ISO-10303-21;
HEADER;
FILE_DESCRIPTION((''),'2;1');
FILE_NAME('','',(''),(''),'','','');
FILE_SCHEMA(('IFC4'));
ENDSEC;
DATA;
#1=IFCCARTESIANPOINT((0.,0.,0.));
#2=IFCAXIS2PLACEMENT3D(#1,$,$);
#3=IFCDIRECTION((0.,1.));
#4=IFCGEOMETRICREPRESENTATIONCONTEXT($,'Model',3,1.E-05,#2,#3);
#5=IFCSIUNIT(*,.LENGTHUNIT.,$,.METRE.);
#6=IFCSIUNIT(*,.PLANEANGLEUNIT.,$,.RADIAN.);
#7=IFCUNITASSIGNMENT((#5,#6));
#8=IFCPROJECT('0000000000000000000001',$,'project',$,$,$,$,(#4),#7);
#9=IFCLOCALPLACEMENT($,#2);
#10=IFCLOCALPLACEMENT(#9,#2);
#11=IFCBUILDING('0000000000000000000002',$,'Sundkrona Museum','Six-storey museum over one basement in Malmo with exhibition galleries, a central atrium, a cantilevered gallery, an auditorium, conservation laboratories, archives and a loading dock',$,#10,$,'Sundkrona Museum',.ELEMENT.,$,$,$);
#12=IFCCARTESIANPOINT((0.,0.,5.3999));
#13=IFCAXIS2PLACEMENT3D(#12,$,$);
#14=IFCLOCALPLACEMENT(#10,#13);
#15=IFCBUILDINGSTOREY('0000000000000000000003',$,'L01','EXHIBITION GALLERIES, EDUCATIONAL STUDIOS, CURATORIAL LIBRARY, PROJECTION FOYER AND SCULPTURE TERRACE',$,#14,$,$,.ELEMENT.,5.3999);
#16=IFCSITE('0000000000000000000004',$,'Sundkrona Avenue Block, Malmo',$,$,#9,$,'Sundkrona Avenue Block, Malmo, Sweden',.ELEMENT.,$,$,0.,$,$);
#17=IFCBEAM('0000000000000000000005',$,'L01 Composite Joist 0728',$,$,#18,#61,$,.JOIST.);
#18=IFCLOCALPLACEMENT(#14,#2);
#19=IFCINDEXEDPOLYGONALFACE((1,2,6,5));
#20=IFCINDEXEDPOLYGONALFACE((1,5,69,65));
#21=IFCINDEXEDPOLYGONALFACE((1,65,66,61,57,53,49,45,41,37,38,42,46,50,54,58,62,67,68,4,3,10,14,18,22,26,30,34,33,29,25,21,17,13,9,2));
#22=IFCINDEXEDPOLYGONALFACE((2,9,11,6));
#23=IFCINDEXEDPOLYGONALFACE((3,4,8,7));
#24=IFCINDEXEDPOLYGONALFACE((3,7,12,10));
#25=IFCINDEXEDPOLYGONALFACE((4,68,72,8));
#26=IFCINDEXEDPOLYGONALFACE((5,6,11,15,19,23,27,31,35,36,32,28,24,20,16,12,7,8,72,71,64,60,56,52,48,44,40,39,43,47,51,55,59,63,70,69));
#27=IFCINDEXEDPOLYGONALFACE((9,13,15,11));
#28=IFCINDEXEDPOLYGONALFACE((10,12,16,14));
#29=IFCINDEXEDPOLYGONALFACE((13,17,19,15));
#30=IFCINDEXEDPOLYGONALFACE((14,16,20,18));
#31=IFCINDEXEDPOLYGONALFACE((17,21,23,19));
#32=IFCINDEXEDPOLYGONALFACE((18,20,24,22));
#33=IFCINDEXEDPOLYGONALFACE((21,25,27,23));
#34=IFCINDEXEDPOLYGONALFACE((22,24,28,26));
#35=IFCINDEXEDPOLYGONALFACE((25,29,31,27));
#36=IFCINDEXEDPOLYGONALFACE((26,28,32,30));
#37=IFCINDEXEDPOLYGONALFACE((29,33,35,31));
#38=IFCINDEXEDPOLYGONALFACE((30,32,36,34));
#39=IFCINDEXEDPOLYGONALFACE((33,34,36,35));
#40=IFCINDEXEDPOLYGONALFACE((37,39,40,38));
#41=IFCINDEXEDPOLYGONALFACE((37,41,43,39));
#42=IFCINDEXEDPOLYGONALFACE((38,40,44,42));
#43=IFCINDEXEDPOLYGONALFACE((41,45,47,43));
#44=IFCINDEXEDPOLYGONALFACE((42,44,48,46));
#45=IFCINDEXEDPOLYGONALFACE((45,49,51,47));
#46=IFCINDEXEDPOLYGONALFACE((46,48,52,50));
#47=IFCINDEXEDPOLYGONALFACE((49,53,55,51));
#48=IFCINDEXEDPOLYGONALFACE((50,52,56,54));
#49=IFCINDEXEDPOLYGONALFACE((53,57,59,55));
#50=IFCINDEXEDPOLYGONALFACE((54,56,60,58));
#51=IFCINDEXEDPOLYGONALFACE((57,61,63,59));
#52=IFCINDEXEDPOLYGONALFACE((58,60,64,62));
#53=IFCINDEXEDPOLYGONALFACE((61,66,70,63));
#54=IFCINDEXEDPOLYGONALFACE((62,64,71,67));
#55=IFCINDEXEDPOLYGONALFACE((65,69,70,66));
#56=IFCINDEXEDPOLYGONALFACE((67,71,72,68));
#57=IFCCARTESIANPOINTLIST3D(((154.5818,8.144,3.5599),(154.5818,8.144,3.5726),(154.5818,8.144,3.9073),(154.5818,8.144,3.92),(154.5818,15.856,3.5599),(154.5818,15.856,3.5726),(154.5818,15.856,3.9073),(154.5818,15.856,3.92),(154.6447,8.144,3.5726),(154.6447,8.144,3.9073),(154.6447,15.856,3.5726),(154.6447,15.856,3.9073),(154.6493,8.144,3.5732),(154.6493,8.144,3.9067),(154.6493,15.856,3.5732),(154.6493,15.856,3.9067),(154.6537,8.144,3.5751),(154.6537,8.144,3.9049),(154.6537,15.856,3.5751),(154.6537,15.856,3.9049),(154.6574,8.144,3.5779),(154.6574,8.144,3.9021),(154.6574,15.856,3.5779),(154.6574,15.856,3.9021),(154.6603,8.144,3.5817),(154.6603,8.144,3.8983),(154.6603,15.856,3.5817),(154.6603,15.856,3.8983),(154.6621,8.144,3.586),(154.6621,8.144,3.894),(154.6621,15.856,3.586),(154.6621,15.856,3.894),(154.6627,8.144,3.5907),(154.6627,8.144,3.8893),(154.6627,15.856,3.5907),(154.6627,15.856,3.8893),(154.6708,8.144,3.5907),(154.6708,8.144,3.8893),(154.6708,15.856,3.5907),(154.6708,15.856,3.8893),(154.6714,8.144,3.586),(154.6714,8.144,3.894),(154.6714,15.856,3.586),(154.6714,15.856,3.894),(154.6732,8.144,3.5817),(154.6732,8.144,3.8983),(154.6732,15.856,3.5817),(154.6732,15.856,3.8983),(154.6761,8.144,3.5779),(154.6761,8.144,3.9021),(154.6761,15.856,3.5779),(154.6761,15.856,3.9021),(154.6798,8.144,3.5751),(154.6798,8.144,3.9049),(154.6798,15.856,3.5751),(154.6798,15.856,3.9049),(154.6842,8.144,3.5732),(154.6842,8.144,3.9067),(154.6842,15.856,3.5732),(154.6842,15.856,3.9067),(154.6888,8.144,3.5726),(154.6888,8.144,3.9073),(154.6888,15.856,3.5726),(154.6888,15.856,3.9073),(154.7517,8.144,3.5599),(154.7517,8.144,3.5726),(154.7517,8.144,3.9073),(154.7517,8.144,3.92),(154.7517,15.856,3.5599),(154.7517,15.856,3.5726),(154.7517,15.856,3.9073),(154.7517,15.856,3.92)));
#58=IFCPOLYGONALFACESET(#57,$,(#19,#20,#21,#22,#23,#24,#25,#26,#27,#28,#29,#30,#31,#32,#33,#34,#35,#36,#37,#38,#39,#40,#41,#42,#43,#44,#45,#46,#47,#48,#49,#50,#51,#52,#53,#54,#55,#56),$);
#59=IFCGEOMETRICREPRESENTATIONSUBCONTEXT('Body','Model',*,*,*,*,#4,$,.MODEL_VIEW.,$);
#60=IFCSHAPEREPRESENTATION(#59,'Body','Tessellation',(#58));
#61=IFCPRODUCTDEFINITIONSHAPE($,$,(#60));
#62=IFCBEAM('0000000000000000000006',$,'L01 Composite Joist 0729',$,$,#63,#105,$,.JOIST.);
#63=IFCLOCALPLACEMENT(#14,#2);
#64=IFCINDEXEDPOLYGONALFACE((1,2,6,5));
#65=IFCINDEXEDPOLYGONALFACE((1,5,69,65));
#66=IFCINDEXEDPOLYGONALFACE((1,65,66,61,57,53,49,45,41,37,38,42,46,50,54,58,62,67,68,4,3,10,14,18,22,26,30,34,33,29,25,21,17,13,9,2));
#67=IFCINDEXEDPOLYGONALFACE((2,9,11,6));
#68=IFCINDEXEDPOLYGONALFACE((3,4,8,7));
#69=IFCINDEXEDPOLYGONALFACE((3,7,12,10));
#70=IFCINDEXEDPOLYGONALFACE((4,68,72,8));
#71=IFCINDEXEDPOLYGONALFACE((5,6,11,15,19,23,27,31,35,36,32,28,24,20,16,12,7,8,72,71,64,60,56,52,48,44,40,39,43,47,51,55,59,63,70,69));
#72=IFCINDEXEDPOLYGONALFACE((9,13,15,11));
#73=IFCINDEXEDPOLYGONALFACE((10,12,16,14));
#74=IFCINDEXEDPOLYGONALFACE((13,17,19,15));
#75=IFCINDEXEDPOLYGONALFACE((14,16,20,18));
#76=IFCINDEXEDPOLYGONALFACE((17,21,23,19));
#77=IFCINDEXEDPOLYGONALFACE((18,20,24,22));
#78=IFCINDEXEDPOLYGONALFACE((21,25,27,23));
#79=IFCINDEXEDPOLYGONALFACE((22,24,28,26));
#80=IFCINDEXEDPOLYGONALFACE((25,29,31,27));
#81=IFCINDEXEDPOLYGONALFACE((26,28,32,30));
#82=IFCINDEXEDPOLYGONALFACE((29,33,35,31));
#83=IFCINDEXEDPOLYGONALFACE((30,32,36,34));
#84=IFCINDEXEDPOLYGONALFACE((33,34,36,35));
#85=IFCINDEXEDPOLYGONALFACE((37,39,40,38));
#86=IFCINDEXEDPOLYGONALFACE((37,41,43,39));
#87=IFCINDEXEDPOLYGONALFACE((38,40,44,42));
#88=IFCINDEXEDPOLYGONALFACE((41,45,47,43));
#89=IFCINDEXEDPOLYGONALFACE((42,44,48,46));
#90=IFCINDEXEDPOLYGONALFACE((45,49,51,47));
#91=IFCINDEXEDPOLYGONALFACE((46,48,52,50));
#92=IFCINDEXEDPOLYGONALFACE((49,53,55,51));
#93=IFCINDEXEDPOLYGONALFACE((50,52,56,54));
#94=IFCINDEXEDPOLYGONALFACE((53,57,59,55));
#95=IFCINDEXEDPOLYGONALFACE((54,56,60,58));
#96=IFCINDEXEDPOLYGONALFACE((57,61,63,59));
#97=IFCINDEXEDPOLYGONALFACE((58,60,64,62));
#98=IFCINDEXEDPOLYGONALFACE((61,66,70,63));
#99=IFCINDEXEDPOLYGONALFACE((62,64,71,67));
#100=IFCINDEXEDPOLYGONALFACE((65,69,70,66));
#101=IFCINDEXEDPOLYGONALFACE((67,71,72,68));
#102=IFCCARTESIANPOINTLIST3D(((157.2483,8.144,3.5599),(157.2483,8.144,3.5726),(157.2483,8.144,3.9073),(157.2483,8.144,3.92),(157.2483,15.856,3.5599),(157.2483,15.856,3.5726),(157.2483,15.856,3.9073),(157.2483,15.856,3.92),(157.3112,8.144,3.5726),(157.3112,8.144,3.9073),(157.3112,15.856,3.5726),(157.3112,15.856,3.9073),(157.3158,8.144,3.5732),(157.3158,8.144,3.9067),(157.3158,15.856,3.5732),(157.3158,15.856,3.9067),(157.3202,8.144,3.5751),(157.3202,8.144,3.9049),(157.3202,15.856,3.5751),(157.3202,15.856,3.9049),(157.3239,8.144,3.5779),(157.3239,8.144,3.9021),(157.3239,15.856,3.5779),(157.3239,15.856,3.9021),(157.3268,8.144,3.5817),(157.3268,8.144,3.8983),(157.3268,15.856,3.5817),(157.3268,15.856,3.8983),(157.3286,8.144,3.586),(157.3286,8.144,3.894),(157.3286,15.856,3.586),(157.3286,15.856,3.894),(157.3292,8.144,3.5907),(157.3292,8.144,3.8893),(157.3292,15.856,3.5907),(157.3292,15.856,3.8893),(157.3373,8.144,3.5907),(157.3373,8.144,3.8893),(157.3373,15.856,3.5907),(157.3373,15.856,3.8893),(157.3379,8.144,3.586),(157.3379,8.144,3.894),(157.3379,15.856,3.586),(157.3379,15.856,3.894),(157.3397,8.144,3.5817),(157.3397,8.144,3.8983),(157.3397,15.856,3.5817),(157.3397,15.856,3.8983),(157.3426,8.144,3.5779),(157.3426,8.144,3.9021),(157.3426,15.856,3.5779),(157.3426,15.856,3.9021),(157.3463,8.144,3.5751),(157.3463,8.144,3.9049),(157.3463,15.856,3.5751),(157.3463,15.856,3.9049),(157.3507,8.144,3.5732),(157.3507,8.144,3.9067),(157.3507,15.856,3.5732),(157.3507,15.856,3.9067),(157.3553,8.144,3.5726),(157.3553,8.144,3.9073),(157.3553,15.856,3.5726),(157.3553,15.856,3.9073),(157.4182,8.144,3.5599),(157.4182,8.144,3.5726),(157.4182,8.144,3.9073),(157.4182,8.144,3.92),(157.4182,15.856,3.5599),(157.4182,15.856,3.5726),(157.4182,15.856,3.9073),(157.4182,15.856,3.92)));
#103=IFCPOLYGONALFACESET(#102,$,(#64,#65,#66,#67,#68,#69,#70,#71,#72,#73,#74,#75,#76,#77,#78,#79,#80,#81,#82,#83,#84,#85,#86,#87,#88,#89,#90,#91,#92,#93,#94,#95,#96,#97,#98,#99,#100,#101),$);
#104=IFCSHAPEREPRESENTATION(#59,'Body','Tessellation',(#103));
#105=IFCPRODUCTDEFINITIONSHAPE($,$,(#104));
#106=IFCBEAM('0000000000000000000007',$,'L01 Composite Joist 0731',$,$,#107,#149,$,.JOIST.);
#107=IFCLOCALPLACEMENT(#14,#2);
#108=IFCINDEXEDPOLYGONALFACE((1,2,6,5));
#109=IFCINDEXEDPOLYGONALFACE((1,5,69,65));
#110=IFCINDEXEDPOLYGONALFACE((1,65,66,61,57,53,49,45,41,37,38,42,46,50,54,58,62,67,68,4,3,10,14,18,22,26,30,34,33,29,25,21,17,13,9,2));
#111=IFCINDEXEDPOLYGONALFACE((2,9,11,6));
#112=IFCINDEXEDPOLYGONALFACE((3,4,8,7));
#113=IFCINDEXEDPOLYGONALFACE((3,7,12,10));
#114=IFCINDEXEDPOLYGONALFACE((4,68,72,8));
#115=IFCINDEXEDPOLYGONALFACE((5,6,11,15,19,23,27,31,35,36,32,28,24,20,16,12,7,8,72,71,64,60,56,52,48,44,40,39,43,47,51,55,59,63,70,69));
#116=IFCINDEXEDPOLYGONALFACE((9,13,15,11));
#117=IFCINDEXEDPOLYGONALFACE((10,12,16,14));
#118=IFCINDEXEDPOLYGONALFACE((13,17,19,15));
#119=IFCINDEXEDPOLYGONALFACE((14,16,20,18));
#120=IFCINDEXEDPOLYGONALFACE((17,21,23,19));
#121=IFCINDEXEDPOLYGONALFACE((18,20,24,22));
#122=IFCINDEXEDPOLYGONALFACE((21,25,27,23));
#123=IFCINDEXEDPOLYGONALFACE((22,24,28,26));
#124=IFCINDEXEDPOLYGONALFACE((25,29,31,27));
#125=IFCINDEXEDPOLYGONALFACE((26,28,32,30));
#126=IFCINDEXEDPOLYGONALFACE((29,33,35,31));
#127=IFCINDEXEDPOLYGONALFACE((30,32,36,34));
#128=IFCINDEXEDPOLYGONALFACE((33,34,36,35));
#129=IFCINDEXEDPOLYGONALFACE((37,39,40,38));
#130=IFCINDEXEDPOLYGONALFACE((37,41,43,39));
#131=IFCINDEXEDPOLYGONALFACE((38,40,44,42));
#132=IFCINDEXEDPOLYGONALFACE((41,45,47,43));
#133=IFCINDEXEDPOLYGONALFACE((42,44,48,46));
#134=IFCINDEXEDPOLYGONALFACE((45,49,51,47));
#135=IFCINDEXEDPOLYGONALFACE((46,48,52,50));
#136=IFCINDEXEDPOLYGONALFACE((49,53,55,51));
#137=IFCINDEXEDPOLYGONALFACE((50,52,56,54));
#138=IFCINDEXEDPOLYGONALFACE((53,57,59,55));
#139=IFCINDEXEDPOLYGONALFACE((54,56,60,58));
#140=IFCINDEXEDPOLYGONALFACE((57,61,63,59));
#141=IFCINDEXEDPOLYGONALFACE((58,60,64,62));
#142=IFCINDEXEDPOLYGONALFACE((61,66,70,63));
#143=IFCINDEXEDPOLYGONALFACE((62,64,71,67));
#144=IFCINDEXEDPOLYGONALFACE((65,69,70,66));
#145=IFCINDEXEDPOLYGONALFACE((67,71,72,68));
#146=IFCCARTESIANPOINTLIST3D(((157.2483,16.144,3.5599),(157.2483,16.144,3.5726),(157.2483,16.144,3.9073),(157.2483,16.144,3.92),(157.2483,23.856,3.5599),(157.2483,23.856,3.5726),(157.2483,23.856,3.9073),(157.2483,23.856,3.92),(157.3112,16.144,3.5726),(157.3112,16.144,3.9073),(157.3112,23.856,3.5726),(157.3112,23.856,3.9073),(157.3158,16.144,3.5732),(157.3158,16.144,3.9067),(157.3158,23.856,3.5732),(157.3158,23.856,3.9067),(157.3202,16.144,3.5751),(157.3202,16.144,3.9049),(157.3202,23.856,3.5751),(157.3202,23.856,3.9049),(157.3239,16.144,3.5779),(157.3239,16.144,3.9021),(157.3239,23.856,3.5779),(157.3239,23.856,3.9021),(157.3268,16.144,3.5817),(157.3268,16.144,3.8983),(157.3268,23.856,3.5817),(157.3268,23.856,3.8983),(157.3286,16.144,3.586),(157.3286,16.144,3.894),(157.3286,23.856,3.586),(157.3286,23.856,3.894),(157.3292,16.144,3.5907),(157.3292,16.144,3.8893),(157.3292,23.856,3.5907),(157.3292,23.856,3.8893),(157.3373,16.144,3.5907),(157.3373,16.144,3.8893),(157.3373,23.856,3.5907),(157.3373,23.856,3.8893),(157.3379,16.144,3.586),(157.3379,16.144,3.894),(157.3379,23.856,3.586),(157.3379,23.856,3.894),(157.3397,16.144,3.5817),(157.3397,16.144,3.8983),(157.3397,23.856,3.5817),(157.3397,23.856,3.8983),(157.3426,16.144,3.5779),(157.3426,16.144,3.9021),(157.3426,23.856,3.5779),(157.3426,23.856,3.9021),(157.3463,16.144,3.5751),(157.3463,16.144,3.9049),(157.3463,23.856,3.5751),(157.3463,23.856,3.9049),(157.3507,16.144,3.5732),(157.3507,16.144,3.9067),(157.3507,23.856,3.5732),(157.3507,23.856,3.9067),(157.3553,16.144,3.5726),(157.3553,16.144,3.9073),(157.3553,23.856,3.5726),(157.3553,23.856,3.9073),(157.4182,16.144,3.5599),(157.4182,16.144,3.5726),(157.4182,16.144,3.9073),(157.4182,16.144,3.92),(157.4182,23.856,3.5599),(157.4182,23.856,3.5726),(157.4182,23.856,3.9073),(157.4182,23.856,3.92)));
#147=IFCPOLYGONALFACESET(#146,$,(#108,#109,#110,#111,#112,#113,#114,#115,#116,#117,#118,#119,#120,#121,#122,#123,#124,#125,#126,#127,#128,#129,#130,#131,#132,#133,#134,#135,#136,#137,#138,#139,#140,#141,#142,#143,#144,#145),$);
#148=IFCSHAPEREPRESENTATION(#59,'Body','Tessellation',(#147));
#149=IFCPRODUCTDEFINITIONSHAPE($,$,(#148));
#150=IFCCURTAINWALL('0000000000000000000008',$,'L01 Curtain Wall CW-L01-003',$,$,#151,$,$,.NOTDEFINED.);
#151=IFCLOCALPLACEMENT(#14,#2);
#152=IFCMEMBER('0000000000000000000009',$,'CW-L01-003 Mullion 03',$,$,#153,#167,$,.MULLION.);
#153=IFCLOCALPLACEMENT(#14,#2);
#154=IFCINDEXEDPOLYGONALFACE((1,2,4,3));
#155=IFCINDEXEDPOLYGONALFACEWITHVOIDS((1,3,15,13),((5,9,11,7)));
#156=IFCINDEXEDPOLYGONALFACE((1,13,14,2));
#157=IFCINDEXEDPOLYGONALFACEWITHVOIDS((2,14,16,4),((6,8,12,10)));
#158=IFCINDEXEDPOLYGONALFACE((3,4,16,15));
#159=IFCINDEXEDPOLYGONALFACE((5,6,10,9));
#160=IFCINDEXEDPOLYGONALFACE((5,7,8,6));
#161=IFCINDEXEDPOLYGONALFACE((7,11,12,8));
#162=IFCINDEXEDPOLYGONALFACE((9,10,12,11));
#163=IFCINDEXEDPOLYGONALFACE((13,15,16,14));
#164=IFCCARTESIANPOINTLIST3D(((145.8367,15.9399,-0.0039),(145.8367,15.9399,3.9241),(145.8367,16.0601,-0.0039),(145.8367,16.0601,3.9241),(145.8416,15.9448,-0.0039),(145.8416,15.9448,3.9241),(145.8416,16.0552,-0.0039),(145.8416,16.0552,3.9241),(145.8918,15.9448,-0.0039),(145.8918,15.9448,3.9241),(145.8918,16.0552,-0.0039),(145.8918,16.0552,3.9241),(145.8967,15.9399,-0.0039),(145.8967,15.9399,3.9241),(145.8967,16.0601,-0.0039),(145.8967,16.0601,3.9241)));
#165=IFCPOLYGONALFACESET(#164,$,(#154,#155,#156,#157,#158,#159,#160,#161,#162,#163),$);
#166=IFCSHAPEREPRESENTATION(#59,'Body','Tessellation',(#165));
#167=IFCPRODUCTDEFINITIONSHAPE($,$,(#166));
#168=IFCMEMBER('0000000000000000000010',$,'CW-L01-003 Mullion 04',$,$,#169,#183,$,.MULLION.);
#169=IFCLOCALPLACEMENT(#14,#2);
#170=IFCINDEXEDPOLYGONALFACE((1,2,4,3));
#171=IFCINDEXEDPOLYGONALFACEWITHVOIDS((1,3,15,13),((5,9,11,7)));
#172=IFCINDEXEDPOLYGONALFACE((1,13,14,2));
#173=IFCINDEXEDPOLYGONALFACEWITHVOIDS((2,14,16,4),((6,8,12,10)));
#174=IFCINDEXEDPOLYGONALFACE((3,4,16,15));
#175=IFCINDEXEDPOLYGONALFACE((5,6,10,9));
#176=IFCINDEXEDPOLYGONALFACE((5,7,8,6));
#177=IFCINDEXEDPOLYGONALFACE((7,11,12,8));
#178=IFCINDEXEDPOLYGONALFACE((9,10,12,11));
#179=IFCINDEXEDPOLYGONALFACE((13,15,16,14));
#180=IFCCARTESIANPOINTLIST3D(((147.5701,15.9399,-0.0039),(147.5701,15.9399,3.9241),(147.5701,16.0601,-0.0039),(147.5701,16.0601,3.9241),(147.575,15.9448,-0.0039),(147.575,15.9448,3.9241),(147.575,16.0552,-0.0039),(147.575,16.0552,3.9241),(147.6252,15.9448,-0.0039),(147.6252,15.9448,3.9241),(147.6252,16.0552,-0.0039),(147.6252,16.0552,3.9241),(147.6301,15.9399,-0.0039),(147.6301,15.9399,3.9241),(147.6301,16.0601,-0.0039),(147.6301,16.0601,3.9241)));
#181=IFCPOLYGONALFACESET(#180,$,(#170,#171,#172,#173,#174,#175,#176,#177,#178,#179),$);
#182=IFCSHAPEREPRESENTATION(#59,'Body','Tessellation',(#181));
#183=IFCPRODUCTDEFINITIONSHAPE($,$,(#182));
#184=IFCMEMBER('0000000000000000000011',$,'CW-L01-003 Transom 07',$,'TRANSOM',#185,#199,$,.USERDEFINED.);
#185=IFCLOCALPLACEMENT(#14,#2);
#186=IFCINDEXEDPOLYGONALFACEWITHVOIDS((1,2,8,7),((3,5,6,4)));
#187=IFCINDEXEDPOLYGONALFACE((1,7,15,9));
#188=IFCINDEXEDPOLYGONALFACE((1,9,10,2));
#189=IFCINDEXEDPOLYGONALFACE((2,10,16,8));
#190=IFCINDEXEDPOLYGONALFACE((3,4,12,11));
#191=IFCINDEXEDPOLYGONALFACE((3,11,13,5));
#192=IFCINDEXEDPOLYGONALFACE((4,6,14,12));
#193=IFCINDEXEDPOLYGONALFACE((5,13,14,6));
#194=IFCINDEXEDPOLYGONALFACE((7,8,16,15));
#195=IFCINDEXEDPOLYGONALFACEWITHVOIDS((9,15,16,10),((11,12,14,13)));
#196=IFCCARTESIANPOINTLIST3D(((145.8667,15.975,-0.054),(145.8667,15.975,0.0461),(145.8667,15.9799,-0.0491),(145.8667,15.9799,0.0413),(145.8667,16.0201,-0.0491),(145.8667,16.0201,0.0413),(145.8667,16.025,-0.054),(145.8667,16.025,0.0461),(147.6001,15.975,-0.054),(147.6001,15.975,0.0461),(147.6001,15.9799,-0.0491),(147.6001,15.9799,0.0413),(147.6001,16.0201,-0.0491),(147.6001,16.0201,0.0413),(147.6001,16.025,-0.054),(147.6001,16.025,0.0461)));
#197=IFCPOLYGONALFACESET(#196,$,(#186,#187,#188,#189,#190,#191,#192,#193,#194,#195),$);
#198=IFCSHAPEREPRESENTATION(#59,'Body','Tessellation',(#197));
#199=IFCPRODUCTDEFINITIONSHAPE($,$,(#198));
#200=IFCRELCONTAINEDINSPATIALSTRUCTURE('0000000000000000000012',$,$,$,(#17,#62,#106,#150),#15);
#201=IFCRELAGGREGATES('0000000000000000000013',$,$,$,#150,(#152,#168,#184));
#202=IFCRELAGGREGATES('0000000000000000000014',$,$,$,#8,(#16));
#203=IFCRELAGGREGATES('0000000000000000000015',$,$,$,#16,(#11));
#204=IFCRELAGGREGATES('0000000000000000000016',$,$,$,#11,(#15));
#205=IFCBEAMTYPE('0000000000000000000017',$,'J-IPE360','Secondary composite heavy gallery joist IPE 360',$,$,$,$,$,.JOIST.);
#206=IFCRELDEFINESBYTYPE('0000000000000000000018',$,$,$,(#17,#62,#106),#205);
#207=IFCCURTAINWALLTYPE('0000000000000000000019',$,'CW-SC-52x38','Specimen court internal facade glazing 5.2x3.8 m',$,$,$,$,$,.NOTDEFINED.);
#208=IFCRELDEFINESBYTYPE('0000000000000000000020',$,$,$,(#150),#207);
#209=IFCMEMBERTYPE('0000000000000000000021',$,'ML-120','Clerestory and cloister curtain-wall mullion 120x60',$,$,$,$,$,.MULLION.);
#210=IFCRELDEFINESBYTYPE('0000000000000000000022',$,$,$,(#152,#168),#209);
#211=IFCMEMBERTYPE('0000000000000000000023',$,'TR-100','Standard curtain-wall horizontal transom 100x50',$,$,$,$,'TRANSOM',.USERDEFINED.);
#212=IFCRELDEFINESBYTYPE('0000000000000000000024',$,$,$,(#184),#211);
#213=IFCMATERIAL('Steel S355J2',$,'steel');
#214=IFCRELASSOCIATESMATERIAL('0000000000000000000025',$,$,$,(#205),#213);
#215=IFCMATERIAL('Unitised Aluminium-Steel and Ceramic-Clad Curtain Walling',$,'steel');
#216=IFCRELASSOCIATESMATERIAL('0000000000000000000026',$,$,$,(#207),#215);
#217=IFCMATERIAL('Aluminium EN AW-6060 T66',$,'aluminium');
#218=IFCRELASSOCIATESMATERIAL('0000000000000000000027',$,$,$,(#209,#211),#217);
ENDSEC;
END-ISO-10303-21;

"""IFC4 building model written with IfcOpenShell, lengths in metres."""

from ifc_helpers import new_model, si_unit, direction, frame, origin, origin_2d, place, context, subcontext, project, spatial, hollow_rectangle, i_section, extrude, material, material_profile, profile_set, type_object, element, aggregate, save


model = new_model("IFC4")

# Units and contexts
model_context = context("Model", 3, precision=1e-05, world=origin(), true_north=direction((0.0, 1.0)))
body_context = subcontext(model_context, "Body", "Model", "MODEL_VIEW")
ifc_project = project(units=[si_unit("LENGTHUNIT", "METRE"), si_unit("PLANEANGLEUNIT", "RADIAN")], contexts=[model_context])

# Site, building, storey
site_placement = place(None, origin())
site = spatial("IfcSite", under=ifc_project, at=site_placement, Name="Sundkrona Avenue Block, Malmo", LongName="Sundkrona Avenue Block, Malmo, Sweden", CompositionType="ELEMENT", RefElevation=0.0)
building_placement = place(site_placement, origin())
building = spatial("IfcBuilding", under=site, at=building_placement, Name="Sundkrona Museum", Description="Six-storey museum over one basement in Malmo with exhibition galleries, a central atrium, a cantilevered gallery, an auditorium, conservation laboratories, archives and a loading dock", LongName="Sundkrona Museum", CompositionType="ELEMENT")
storey_placement = place(building_placement, frame((0.0, 0.0, 5.3999)))
storey = spatial("IfcBuildingStorey", under=building, at=storey_placement, Name="L01", Description="EXHIBITION GALLERIES, EDUCATIONAL STUDIOS, CURATORIAL LIBRARY, PROJECTION FOYER AND SCULPTURE TERRACE", CompositionType="ELEMENT", Elevation=5.3999)

# Shared definitions
ifc_material_1 = material(Name="Steel S355J2", Category="steel")

# Beams
ifc_material_profile_1 = material_profile(ifc_material_1, i_section(OverallWidth=0.1699, OverallDepth=0.3601, WebThickness=0.0081, FlangeThickness=0.0127, FilletRadius=0.0181, at=origin_2d()), Name="IPE 360")
ifc_profile_set_1 = profile_set([ifc_material_profile_1], Name="Steel S355J2")
beam_type_1 = type_object("IfcBeamType", Name="J-IPE360", Description="Secondary composite heavy gallery joist IPE 360", PredefinedType="JOIST", material=ifc_profile_set_1)
for number, where, z_axis, x_axis, name in (
    (1, (154.6667, 8.144, 3.74), (0.0, 1.0, 0.0), (-1.0, 0.0, 0.0), "L01 Composite Joist 0728"),
    (2, (157.3333, 8.144, 3.74), (0.0, 1.0, 0.0), (-1.0, 0.0, 0.0), "L01 Composite Joist 0729"),
    (3, (157.3333, 16.144, 3.74), (0.0, 1.0, 0.0), (-1.0, 0.0, 0.0), "L01 Composite Joist 0731"),
):
    element("IfcBeam", number, at=place(storey_placement, frame(where, z_axis=z_axis, x_axis=x_axis)), inside=storey, type_object=beam_type_1, Name=name, PredefinedType="JOIST", context=body_context, shape_type="SweptSolid", body=[
        extrude(i_section(OverallWidth=0.1699, OverallDepth=0.3601, WebThickness=0.0081, FlangeThickness=0.0127, FilletRadius=0.0181, at=origin_2d()), origin(), (0.0, 0.0, 1.0), 7.7119),
    ])

# Curtain wall, members
ifc_material_2 = material(Name="Unitised Aluminium-Steel and Ceramic-Clad Curtain Walling", Category="steel")
curtain_wall_type = type_object("IfcCurtainWallType", Name="CW-SC-52x38", Description="Specimen court internal facade glazing 5.2x3.8 m", PredefinedType="NOTDEFINED", material=ifc_material_2)
curtain_wall_placement = place(storey_placement, origin())
curtain_wall = element("IfcCurtainWall", 4, at=curtain_wall_placement, inside=storey, type_object=curtain_wall_type, Name="L01 Curtain Wall CW-L01-003", PredefinedType="NOTDEFINED")
ifc_material_3 = material(Name="Aluminium EN AW-6060 T66", Category="aluminium")
ifc_material_profile_2 = material_profile(ifc_material_3, hollow_rectangle(XDim=0.0601, YDim=0.1201, WallThickness=0.0049, at=origin_2d()), Name="RHS 120x60x5.0")
ifc_profile_set_2 = profile_set([ifc_material_profile_2], Name="Aluminium EN AW-6060 T66")
member_type_1 = type_object("IfcMemberType", Name="ML-120", Description="Clerestory and cloister curtain-wall mullion 120x60", PredefinedType="MULLION", material=ifc_profile_set_2)
member_1_placement = place(storey_placement, frame((145.8667, 16.0, -0.0039), z_axis=(0.0, 0.0, 1.0), x_axis=(1.0, 0.0, 0.0)))
member_1 = element("IfcMember", 5, at=member_1_placement, type_object=member_type_1, Name="CW-L01-003 Mullion 03", PredefinedType="MULLION", context=body_context, shape_type="SweptSolid", body=[
    extrude(hollow_rectangle(XDim=0.0601, YDim=0.1201, WallThickness=0.0049, at=origin_2d()), origin(), (0.0, 0.0, 1.0), 3.928),
])
member_2_placement = place(storey_placement, frame((147.6001, 16.0, -0.0039), z_axis=(0.0, 0.0, 1.0), x_axis=(1.0, 0.0, 0.0)))
member_2 = element("IfcMember", 6, at=member_2_placement, type_object=member_type_1, Name="CW-L01-003 Mullion 04", PredefinedType="MULLION", context=body_context, shape_type="SweptSolid", body=[
    extrude(hollow_rectangle(XDim=0.0601, YDim=0.1201, WallThickness=0.0049, at=origin_2d()), origin(), (0.0, 0.0, 1.0), 3.928),
])
ifc_material_profile_3 = material_profile(ifc_material_3, hollow_rectangle(XDim=0.05, YDim=0.1001, WallThickness=0.0049, at=origin_2d()), Name="RHS 100x50x5.0")
ifc_profile_set_3 = profile_set([ifc_material_profile_3], Name="Aluminium EN AW-6060 T66")
member_type_2 = type_object("IfcMemberType", Name="TR-100", Description="Standard curtain-wall horizontal transom 100x50", ElementType="TRANSOM", PredefinedType="USERDEFINED", material=ifc_profile_set_3)
member_3_placement = place(storey_placement, frame((145.8667, 16.0, -0.0039), z_axis=(1.0, 0.0, 0.0), x_axis=(0.0, 1.0, 0.0)))
member_3 = element("IfcMember", 7, at=member_3_placement, type_object=member_type_2, Name="CW-L01-003 Transom 07", ObjectType="TRANSOM", PredefinedType="USERDEFINED", context=body_context, shape_type="SweptSolid", body=[
    extrude(hollow_rectangle(XDim=0.05, YDim=0.1001, WallThickness=0.0049, at=origin_2d()), origin(), (0.0, 0.0, 1.0), 1.7334),
])
aggregate(curtain_wall, [member_1, member_2, member_3])

save(model, "model.ifc")
